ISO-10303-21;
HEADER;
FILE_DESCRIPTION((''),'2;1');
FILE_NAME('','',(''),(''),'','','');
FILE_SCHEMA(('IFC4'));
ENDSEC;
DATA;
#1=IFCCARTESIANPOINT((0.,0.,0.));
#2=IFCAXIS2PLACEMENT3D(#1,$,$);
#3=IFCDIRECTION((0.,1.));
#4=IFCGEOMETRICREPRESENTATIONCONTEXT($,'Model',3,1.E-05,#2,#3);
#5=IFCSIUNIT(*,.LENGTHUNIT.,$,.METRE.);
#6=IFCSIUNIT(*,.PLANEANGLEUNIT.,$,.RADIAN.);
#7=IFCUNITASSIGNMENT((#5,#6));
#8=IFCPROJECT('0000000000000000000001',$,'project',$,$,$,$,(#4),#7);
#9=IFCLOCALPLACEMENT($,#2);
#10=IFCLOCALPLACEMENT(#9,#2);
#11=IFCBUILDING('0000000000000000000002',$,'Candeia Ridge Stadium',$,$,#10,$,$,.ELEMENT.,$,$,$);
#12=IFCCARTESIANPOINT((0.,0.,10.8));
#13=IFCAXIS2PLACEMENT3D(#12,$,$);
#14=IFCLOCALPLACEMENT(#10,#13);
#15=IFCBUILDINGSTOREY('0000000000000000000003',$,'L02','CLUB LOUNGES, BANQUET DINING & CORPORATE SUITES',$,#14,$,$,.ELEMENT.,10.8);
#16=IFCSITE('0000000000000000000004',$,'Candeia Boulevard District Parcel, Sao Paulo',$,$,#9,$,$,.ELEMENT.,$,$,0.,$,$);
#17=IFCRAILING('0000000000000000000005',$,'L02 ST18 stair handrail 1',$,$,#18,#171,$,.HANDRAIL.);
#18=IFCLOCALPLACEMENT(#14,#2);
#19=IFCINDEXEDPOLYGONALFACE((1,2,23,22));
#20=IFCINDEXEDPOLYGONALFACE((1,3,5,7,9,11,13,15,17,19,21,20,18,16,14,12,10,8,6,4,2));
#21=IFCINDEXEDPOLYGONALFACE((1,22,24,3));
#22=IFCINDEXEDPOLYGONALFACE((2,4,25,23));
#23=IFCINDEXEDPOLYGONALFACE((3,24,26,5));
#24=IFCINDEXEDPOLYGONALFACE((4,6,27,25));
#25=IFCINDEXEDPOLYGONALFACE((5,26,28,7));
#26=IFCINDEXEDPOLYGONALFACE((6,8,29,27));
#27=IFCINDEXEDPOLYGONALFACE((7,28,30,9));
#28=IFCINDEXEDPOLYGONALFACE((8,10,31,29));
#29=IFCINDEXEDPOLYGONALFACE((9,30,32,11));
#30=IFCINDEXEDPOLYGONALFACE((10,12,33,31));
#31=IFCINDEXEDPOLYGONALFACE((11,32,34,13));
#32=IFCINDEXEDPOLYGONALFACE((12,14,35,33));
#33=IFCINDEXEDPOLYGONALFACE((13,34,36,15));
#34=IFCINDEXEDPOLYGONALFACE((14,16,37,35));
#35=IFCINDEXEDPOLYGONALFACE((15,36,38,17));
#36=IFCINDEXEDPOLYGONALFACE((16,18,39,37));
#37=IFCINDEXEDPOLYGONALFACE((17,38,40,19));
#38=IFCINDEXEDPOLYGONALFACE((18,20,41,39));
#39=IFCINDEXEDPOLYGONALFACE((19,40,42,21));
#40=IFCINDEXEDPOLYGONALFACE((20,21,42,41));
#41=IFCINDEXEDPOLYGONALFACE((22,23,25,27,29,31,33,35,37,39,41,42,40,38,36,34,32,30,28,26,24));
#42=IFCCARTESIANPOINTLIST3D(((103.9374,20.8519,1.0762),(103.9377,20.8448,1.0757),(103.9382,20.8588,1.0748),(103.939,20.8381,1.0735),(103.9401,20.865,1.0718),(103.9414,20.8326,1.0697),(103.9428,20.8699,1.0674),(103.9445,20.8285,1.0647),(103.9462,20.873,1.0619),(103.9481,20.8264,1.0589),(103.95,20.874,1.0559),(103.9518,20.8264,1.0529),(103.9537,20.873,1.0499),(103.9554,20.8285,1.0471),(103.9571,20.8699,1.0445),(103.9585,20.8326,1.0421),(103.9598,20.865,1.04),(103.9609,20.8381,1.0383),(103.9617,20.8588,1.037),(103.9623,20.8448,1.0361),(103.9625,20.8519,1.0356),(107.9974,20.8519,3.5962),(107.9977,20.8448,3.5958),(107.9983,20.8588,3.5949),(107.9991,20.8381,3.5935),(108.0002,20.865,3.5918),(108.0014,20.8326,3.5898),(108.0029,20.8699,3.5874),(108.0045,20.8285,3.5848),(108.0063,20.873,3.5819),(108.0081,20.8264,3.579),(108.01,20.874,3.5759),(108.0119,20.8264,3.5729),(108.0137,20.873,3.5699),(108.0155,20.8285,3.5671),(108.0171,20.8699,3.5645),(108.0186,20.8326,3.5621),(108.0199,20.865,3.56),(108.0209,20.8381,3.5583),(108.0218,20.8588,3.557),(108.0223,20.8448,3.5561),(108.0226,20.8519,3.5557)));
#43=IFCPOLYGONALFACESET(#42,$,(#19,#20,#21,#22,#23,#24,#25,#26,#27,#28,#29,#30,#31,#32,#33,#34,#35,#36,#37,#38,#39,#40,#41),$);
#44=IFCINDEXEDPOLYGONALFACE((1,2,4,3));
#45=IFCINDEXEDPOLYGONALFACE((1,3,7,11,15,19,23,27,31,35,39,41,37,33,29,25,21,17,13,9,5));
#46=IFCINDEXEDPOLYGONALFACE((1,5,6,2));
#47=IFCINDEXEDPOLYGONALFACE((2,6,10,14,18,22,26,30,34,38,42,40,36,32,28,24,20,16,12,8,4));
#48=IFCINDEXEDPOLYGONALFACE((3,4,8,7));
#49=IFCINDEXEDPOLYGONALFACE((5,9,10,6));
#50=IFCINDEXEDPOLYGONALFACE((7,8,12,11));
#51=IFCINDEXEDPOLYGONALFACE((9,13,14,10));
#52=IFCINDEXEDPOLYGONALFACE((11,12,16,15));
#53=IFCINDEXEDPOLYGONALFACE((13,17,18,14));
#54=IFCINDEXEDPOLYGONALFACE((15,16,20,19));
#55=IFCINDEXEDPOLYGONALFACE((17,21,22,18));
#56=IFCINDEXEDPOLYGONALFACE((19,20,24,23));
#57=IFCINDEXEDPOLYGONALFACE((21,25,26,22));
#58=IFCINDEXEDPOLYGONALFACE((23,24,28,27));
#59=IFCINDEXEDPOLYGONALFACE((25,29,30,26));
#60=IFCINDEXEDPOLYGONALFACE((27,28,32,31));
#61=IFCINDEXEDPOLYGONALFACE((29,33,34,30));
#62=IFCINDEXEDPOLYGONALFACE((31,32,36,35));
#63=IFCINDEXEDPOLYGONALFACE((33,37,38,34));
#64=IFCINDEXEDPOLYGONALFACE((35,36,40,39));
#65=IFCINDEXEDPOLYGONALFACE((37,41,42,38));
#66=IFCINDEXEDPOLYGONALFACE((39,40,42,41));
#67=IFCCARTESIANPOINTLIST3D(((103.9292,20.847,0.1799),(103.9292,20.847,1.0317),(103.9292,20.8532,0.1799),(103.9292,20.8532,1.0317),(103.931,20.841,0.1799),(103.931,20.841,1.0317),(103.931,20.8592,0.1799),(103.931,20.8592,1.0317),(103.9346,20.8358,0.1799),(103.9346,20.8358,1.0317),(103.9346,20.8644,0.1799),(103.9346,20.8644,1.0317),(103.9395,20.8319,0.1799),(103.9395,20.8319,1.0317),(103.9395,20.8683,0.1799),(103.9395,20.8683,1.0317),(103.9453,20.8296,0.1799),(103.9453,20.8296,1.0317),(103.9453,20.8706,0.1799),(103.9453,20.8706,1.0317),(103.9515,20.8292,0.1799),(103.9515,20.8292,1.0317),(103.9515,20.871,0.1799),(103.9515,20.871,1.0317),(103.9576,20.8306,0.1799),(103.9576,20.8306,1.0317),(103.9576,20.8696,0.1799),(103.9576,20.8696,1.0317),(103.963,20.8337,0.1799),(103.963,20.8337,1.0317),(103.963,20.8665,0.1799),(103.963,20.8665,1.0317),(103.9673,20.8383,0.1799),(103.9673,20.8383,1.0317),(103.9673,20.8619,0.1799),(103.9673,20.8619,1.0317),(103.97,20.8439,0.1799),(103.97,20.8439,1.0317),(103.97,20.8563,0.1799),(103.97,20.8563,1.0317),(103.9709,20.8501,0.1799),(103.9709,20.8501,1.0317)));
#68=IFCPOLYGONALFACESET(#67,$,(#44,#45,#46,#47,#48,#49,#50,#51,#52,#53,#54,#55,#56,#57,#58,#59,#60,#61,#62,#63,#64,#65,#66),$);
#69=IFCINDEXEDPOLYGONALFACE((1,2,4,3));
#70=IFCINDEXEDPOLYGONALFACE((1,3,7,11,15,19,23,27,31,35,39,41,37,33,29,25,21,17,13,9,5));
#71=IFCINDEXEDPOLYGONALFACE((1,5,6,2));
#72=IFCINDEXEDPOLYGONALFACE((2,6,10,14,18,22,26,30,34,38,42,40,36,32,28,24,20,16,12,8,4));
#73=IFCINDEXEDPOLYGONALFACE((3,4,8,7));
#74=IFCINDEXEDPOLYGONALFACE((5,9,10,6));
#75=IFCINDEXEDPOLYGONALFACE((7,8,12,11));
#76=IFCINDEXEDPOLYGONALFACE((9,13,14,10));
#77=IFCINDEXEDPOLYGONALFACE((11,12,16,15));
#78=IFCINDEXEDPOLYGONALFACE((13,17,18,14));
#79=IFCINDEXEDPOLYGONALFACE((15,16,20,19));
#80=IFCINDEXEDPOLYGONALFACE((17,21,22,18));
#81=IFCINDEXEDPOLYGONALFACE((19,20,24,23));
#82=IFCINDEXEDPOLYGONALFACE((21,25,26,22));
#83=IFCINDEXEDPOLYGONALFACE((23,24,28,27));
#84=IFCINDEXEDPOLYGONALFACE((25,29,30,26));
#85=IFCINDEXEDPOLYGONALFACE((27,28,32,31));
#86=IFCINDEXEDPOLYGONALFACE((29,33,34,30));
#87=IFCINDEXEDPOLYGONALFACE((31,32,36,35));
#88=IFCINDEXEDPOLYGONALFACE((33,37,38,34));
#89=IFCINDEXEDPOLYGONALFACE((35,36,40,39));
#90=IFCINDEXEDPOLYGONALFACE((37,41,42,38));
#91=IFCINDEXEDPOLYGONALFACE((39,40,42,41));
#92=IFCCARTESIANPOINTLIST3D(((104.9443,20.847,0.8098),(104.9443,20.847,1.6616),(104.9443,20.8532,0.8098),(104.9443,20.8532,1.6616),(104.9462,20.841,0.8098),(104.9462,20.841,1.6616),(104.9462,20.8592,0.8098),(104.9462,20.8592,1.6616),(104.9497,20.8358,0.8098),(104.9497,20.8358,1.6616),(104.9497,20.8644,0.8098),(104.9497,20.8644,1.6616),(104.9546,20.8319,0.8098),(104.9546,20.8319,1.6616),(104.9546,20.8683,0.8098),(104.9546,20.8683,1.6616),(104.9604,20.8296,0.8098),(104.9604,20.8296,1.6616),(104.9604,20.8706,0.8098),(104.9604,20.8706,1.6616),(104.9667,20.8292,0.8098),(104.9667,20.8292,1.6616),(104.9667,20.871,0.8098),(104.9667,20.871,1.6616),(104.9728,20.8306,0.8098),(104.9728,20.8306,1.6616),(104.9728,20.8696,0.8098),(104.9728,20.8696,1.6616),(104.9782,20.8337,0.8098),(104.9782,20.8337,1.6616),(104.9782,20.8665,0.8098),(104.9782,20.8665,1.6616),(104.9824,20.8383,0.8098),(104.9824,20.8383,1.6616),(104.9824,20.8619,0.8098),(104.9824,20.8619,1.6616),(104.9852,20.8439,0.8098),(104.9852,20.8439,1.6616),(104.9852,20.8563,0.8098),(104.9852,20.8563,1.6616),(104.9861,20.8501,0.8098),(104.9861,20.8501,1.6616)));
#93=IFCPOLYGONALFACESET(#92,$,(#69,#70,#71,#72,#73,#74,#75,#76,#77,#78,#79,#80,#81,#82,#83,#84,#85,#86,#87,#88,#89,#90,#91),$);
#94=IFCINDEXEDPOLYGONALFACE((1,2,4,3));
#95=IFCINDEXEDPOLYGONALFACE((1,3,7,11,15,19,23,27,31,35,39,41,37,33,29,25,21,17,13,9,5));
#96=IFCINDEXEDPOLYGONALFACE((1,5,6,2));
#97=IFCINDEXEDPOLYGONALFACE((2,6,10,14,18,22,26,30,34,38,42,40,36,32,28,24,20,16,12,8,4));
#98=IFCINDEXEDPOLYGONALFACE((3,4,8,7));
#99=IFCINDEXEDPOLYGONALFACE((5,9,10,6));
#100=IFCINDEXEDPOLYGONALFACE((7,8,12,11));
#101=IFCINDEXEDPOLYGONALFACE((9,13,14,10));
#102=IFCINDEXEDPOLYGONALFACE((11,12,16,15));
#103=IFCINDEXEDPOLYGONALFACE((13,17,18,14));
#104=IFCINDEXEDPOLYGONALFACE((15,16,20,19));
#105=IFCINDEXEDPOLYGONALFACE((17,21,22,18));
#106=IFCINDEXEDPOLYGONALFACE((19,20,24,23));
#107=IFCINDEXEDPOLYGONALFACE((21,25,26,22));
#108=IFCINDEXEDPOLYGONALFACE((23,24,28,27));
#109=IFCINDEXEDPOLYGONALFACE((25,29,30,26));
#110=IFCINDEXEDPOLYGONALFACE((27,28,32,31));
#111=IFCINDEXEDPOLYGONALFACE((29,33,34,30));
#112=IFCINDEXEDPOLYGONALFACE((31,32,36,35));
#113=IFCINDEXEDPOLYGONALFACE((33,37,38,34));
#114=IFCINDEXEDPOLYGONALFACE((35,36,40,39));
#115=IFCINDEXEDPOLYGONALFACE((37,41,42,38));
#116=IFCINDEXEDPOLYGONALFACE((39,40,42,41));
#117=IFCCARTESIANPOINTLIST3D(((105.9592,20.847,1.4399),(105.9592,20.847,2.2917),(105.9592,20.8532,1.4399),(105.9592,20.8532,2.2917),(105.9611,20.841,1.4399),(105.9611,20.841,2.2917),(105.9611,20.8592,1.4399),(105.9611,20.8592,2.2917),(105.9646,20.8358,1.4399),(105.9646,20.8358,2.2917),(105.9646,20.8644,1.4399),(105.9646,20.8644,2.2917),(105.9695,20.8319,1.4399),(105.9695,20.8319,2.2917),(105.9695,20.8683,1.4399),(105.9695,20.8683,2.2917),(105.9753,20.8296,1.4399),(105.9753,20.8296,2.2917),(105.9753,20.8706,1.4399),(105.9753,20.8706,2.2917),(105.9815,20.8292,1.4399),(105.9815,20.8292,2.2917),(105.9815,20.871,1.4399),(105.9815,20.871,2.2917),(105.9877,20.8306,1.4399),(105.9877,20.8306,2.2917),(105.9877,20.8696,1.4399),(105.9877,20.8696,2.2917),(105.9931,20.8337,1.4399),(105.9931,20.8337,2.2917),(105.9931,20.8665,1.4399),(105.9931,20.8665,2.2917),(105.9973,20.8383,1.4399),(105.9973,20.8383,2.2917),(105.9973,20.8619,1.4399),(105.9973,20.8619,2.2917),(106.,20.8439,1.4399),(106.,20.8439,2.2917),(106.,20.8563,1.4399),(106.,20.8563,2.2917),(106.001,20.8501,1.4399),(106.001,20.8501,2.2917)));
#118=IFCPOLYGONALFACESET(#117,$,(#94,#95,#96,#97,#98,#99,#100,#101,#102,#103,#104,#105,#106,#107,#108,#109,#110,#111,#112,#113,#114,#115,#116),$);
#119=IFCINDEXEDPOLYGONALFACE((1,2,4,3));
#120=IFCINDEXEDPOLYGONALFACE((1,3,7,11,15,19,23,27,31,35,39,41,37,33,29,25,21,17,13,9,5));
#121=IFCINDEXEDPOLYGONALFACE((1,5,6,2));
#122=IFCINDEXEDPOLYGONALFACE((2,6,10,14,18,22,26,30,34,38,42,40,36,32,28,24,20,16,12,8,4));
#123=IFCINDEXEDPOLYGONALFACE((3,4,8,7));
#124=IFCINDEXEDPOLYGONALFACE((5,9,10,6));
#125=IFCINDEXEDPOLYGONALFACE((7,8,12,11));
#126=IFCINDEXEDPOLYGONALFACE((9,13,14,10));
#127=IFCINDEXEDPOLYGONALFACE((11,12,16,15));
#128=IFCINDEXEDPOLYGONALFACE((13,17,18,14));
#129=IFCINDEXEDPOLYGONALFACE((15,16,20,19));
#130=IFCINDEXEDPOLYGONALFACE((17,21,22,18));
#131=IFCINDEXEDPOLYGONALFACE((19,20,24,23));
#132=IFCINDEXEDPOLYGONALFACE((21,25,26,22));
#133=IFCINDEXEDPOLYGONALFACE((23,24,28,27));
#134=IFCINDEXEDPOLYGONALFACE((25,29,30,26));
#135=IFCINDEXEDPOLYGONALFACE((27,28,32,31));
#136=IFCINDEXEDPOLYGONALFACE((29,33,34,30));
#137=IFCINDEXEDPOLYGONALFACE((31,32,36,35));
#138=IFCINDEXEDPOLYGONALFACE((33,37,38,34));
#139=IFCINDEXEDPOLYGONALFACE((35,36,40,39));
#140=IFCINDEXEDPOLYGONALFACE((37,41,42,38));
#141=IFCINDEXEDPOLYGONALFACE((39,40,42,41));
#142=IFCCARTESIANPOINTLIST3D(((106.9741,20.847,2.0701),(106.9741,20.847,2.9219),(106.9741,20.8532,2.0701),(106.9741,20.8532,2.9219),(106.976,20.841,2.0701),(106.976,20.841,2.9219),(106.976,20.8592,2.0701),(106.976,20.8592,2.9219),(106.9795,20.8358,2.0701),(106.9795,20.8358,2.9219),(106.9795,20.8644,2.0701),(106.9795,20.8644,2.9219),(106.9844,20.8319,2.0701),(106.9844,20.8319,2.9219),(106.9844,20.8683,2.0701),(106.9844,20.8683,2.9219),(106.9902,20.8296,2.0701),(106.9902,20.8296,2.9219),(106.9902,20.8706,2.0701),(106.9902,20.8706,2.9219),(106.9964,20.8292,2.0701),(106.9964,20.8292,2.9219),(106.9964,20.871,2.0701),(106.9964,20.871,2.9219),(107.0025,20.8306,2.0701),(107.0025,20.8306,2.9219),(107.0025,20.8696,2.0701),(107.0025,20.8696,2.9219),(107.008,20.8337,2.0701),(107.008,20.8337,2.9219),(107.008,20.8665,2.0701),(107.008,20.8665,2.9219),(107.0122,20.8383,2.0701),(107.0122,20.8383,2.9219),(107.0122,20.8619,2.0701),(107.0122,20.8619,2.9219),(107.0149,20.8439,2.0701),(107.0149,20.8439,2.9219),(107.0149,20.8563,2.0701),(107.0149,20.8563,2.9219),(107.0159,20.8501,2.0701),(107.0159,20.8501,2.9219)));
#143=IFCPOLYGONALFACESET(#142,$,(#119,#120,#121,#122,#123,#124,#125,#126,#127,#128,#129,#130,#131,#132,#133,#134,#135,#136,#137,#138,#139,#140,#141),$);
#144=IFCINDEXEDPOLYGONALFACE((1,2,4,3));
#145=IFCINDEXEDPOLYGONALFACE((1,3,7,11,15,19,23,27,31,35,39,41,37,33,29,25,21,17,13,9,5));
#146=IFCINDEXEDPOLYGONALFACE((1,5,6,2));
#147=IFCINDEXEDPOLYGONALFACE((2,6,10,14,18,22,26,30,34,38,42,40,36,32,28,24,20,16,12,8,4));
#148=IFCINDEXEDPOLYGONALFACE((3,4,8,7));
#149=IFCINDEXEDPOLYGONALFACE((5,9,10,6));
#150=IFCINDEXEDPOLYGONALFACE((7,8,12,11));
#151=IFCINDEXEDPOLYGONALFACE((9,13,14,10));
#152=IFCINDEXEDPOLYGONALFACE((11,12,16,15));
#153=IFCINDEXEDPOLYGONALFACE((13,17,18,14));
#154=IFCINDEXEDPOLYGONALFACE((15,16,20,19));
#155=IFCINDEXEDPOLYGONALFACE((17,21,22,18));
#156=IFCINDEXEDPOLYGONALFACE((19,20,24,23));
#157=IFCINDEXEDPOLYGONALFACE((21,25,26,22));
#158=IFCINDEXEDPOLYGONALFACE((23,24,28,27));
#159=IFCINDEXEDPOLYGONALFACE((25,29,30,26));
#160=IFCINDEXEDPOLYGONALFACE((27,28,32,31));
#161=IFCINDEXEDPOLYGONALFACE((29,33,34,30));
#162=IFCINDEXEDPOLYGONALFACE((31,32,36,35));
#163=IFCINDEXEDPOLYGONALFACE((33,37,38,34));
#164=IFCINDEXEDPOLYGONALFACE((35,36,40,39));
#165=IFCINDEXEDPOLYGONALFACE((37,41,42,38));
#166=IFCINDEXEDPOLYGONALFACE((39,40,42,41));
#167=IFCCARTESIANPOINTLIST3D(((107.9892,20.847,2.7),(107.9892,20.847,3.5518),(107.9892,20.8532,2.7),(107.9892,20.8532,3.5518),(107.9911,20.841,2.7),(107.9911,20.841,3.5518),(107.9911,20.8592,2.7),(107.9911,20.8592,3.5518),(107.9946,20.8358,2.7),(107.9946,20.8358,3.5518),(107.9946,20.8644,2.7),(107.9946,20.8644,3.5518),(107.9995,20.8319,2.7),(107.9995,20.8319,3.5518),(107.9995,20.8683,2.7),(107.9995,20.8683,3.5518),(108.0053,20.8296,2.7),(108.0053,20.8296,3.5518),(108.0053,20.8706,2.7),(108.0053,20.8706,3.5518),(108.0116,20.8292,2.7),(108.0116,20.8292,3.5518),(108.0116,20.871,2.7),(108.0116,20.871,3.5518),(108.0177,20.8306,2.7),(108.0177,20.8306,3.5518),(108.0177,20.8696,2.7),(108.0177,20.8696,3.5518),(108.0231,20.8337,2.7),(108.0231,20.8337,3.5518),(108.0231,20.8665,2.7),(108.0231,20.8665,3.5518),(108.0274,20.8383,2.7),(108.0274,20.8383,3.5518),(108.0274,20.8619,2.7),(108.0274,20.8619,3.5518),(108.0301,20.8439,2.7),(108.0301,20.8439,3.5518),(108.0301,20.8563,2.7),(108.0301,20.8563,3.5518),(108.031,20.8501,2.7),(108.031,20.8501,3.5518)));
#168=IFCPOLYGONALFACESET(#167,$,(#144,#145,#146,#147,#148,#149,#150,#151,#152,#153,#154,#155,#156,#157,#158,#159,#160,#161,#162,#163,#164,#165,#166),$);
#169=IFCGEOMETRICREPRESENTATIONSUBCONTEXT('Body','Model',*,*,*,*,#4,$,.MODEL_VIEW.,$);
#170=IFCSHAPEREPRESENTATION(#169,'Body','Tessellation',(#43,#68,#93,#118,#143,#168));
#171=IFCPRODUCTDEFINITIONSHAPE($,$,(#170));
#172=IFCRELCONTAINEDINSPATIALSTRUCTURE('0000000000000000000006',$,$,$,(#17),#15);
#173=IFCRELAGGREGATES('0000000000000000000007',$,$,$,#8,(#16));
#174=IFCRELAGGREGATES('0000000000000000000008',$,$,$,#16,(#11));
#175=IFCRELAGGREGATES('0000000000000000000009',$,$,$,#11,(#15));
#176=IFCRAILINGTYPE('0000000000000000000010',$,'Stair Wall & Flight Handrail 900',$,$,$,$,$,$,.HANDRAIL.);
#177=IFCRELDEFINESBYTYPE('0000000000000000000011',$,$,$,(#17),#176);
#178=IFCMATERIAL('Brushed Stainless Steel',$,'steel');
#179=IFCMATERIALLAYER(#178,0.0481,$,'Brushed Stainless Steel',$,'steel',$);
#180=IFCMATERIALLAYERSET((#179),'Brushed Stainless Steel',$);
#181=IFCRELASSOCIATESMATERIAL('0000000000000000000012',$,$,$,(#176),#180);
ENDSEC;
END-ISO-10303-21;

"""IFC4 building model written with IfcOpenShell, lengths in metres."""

from ifc_helpers import new_model, si_unit, direction, frame, origin, origin_2d, place, context, subcontext, project, spatial, circle, extrude, material, layer, layer_set, type_object, element, save


model = new_model("IFC4")

# Units and contexts
model_context = context("Model", 3, precision=1e-05, world=origin(), true_north=direction((0.0, 1.0)))
body_context = subcontext(model_context, "Body", "Model", "MODEL_VIEW")
ifc_project = project(units=[si_unit("LENGTHUNIT", "METRE"), si_unit("PLANEANGLEUNIT", "RADIAN")], contexts=[model_context])

# Site, building, storey
site_placement = place(None, origin())
site = spatial("IfcSite", under=ifc_project, at=site_placement, Name="Candeia Boulevard District Parcel, Sao Paulo", CompositionType="ELEMENT", RefElevation=0.0)
building_placement = place(site_placement, origin())
building = spatial("IfcBuilding", under=site, at=building_placement, Name="Candeia Ridge Stadium", CompositionType="ELEMENT")
storey_placement = place(building_placement, frame((0.0, 0.0, 10.8)))
storey = spatial("IfcBuildingStorey", under=building, at=storey_placement, Name="L02", Description="CLUB LOUNGES, BANQUET DINING & CORPORATE SUITES", CompositionType="ELEMENT", Elevation=10.8)

# Railing
ifc_material_1 = material(Name="Brushed Stainless Steel", Category="steel")
ifc_layer_1 = layer(ifc_material_1, 0.0481, Name="Brushed Stainless Steel", Category="steel")
ifc_layer_set_1 = layer_set([ifc_layer_1], Name="Brushed Stainless Steel")
railing_type_1 = type_object("IfcRailingType", Name="Stair Wall & Flight Handrail 900", PredefinedType="HANDRAIL", material=ifc_layer_set_1)
railing_1_placement = place(storey_placement, frame((103.95, 20.8501, 0.1799)))
element("IfcRailing", 1, at=railing_1_placement, inside=storey, type_object=railing_type_1, Name="L02 ST18 stair handrail 1", PredefinedType="HANDRAIL", context=body_context, shape_type="SweptSolid", body=[
    extrude(circle(Radius=0.0239, at=origin_2d()), frame((0.0, 0.0, 0.876), z_axis=(0.849642, 0.0, 0.52736), x_axis=(0.0, 1.0, 0.0)), (0.0, 0.0, 1.0), 4.7786),
    extrude(circle(Radius=0.021, at=origin_2d()), origin(), (0.0, 0.0, 1.0), 0.8518),
    extrude(circle(Radius=0.021, at=origin_2d()), frame((1.0151, 0.0, 0.6299)), (0.0, 0.0, 1.0), 0.8518),
    extrude(circle(Radius=0.021, at=origin_2d()), frame((2.03, 0.0, 1.26)), (0.0, 0.0, 1.0), 0.8518),
    extrude(circle(Radius=0.021, at=origin_2d()), frame((3.0449, 0.0, 1.8901)), (0.0, 0.0, 1.0), 0.8518),
    extrude(circle(Radius=0.021, at=origin_2d()), frame((4.0601, 0.0, 2.52)), (0.0, 0.0, 1.0), 0.8518),
])

save(model, "model.ifc")
